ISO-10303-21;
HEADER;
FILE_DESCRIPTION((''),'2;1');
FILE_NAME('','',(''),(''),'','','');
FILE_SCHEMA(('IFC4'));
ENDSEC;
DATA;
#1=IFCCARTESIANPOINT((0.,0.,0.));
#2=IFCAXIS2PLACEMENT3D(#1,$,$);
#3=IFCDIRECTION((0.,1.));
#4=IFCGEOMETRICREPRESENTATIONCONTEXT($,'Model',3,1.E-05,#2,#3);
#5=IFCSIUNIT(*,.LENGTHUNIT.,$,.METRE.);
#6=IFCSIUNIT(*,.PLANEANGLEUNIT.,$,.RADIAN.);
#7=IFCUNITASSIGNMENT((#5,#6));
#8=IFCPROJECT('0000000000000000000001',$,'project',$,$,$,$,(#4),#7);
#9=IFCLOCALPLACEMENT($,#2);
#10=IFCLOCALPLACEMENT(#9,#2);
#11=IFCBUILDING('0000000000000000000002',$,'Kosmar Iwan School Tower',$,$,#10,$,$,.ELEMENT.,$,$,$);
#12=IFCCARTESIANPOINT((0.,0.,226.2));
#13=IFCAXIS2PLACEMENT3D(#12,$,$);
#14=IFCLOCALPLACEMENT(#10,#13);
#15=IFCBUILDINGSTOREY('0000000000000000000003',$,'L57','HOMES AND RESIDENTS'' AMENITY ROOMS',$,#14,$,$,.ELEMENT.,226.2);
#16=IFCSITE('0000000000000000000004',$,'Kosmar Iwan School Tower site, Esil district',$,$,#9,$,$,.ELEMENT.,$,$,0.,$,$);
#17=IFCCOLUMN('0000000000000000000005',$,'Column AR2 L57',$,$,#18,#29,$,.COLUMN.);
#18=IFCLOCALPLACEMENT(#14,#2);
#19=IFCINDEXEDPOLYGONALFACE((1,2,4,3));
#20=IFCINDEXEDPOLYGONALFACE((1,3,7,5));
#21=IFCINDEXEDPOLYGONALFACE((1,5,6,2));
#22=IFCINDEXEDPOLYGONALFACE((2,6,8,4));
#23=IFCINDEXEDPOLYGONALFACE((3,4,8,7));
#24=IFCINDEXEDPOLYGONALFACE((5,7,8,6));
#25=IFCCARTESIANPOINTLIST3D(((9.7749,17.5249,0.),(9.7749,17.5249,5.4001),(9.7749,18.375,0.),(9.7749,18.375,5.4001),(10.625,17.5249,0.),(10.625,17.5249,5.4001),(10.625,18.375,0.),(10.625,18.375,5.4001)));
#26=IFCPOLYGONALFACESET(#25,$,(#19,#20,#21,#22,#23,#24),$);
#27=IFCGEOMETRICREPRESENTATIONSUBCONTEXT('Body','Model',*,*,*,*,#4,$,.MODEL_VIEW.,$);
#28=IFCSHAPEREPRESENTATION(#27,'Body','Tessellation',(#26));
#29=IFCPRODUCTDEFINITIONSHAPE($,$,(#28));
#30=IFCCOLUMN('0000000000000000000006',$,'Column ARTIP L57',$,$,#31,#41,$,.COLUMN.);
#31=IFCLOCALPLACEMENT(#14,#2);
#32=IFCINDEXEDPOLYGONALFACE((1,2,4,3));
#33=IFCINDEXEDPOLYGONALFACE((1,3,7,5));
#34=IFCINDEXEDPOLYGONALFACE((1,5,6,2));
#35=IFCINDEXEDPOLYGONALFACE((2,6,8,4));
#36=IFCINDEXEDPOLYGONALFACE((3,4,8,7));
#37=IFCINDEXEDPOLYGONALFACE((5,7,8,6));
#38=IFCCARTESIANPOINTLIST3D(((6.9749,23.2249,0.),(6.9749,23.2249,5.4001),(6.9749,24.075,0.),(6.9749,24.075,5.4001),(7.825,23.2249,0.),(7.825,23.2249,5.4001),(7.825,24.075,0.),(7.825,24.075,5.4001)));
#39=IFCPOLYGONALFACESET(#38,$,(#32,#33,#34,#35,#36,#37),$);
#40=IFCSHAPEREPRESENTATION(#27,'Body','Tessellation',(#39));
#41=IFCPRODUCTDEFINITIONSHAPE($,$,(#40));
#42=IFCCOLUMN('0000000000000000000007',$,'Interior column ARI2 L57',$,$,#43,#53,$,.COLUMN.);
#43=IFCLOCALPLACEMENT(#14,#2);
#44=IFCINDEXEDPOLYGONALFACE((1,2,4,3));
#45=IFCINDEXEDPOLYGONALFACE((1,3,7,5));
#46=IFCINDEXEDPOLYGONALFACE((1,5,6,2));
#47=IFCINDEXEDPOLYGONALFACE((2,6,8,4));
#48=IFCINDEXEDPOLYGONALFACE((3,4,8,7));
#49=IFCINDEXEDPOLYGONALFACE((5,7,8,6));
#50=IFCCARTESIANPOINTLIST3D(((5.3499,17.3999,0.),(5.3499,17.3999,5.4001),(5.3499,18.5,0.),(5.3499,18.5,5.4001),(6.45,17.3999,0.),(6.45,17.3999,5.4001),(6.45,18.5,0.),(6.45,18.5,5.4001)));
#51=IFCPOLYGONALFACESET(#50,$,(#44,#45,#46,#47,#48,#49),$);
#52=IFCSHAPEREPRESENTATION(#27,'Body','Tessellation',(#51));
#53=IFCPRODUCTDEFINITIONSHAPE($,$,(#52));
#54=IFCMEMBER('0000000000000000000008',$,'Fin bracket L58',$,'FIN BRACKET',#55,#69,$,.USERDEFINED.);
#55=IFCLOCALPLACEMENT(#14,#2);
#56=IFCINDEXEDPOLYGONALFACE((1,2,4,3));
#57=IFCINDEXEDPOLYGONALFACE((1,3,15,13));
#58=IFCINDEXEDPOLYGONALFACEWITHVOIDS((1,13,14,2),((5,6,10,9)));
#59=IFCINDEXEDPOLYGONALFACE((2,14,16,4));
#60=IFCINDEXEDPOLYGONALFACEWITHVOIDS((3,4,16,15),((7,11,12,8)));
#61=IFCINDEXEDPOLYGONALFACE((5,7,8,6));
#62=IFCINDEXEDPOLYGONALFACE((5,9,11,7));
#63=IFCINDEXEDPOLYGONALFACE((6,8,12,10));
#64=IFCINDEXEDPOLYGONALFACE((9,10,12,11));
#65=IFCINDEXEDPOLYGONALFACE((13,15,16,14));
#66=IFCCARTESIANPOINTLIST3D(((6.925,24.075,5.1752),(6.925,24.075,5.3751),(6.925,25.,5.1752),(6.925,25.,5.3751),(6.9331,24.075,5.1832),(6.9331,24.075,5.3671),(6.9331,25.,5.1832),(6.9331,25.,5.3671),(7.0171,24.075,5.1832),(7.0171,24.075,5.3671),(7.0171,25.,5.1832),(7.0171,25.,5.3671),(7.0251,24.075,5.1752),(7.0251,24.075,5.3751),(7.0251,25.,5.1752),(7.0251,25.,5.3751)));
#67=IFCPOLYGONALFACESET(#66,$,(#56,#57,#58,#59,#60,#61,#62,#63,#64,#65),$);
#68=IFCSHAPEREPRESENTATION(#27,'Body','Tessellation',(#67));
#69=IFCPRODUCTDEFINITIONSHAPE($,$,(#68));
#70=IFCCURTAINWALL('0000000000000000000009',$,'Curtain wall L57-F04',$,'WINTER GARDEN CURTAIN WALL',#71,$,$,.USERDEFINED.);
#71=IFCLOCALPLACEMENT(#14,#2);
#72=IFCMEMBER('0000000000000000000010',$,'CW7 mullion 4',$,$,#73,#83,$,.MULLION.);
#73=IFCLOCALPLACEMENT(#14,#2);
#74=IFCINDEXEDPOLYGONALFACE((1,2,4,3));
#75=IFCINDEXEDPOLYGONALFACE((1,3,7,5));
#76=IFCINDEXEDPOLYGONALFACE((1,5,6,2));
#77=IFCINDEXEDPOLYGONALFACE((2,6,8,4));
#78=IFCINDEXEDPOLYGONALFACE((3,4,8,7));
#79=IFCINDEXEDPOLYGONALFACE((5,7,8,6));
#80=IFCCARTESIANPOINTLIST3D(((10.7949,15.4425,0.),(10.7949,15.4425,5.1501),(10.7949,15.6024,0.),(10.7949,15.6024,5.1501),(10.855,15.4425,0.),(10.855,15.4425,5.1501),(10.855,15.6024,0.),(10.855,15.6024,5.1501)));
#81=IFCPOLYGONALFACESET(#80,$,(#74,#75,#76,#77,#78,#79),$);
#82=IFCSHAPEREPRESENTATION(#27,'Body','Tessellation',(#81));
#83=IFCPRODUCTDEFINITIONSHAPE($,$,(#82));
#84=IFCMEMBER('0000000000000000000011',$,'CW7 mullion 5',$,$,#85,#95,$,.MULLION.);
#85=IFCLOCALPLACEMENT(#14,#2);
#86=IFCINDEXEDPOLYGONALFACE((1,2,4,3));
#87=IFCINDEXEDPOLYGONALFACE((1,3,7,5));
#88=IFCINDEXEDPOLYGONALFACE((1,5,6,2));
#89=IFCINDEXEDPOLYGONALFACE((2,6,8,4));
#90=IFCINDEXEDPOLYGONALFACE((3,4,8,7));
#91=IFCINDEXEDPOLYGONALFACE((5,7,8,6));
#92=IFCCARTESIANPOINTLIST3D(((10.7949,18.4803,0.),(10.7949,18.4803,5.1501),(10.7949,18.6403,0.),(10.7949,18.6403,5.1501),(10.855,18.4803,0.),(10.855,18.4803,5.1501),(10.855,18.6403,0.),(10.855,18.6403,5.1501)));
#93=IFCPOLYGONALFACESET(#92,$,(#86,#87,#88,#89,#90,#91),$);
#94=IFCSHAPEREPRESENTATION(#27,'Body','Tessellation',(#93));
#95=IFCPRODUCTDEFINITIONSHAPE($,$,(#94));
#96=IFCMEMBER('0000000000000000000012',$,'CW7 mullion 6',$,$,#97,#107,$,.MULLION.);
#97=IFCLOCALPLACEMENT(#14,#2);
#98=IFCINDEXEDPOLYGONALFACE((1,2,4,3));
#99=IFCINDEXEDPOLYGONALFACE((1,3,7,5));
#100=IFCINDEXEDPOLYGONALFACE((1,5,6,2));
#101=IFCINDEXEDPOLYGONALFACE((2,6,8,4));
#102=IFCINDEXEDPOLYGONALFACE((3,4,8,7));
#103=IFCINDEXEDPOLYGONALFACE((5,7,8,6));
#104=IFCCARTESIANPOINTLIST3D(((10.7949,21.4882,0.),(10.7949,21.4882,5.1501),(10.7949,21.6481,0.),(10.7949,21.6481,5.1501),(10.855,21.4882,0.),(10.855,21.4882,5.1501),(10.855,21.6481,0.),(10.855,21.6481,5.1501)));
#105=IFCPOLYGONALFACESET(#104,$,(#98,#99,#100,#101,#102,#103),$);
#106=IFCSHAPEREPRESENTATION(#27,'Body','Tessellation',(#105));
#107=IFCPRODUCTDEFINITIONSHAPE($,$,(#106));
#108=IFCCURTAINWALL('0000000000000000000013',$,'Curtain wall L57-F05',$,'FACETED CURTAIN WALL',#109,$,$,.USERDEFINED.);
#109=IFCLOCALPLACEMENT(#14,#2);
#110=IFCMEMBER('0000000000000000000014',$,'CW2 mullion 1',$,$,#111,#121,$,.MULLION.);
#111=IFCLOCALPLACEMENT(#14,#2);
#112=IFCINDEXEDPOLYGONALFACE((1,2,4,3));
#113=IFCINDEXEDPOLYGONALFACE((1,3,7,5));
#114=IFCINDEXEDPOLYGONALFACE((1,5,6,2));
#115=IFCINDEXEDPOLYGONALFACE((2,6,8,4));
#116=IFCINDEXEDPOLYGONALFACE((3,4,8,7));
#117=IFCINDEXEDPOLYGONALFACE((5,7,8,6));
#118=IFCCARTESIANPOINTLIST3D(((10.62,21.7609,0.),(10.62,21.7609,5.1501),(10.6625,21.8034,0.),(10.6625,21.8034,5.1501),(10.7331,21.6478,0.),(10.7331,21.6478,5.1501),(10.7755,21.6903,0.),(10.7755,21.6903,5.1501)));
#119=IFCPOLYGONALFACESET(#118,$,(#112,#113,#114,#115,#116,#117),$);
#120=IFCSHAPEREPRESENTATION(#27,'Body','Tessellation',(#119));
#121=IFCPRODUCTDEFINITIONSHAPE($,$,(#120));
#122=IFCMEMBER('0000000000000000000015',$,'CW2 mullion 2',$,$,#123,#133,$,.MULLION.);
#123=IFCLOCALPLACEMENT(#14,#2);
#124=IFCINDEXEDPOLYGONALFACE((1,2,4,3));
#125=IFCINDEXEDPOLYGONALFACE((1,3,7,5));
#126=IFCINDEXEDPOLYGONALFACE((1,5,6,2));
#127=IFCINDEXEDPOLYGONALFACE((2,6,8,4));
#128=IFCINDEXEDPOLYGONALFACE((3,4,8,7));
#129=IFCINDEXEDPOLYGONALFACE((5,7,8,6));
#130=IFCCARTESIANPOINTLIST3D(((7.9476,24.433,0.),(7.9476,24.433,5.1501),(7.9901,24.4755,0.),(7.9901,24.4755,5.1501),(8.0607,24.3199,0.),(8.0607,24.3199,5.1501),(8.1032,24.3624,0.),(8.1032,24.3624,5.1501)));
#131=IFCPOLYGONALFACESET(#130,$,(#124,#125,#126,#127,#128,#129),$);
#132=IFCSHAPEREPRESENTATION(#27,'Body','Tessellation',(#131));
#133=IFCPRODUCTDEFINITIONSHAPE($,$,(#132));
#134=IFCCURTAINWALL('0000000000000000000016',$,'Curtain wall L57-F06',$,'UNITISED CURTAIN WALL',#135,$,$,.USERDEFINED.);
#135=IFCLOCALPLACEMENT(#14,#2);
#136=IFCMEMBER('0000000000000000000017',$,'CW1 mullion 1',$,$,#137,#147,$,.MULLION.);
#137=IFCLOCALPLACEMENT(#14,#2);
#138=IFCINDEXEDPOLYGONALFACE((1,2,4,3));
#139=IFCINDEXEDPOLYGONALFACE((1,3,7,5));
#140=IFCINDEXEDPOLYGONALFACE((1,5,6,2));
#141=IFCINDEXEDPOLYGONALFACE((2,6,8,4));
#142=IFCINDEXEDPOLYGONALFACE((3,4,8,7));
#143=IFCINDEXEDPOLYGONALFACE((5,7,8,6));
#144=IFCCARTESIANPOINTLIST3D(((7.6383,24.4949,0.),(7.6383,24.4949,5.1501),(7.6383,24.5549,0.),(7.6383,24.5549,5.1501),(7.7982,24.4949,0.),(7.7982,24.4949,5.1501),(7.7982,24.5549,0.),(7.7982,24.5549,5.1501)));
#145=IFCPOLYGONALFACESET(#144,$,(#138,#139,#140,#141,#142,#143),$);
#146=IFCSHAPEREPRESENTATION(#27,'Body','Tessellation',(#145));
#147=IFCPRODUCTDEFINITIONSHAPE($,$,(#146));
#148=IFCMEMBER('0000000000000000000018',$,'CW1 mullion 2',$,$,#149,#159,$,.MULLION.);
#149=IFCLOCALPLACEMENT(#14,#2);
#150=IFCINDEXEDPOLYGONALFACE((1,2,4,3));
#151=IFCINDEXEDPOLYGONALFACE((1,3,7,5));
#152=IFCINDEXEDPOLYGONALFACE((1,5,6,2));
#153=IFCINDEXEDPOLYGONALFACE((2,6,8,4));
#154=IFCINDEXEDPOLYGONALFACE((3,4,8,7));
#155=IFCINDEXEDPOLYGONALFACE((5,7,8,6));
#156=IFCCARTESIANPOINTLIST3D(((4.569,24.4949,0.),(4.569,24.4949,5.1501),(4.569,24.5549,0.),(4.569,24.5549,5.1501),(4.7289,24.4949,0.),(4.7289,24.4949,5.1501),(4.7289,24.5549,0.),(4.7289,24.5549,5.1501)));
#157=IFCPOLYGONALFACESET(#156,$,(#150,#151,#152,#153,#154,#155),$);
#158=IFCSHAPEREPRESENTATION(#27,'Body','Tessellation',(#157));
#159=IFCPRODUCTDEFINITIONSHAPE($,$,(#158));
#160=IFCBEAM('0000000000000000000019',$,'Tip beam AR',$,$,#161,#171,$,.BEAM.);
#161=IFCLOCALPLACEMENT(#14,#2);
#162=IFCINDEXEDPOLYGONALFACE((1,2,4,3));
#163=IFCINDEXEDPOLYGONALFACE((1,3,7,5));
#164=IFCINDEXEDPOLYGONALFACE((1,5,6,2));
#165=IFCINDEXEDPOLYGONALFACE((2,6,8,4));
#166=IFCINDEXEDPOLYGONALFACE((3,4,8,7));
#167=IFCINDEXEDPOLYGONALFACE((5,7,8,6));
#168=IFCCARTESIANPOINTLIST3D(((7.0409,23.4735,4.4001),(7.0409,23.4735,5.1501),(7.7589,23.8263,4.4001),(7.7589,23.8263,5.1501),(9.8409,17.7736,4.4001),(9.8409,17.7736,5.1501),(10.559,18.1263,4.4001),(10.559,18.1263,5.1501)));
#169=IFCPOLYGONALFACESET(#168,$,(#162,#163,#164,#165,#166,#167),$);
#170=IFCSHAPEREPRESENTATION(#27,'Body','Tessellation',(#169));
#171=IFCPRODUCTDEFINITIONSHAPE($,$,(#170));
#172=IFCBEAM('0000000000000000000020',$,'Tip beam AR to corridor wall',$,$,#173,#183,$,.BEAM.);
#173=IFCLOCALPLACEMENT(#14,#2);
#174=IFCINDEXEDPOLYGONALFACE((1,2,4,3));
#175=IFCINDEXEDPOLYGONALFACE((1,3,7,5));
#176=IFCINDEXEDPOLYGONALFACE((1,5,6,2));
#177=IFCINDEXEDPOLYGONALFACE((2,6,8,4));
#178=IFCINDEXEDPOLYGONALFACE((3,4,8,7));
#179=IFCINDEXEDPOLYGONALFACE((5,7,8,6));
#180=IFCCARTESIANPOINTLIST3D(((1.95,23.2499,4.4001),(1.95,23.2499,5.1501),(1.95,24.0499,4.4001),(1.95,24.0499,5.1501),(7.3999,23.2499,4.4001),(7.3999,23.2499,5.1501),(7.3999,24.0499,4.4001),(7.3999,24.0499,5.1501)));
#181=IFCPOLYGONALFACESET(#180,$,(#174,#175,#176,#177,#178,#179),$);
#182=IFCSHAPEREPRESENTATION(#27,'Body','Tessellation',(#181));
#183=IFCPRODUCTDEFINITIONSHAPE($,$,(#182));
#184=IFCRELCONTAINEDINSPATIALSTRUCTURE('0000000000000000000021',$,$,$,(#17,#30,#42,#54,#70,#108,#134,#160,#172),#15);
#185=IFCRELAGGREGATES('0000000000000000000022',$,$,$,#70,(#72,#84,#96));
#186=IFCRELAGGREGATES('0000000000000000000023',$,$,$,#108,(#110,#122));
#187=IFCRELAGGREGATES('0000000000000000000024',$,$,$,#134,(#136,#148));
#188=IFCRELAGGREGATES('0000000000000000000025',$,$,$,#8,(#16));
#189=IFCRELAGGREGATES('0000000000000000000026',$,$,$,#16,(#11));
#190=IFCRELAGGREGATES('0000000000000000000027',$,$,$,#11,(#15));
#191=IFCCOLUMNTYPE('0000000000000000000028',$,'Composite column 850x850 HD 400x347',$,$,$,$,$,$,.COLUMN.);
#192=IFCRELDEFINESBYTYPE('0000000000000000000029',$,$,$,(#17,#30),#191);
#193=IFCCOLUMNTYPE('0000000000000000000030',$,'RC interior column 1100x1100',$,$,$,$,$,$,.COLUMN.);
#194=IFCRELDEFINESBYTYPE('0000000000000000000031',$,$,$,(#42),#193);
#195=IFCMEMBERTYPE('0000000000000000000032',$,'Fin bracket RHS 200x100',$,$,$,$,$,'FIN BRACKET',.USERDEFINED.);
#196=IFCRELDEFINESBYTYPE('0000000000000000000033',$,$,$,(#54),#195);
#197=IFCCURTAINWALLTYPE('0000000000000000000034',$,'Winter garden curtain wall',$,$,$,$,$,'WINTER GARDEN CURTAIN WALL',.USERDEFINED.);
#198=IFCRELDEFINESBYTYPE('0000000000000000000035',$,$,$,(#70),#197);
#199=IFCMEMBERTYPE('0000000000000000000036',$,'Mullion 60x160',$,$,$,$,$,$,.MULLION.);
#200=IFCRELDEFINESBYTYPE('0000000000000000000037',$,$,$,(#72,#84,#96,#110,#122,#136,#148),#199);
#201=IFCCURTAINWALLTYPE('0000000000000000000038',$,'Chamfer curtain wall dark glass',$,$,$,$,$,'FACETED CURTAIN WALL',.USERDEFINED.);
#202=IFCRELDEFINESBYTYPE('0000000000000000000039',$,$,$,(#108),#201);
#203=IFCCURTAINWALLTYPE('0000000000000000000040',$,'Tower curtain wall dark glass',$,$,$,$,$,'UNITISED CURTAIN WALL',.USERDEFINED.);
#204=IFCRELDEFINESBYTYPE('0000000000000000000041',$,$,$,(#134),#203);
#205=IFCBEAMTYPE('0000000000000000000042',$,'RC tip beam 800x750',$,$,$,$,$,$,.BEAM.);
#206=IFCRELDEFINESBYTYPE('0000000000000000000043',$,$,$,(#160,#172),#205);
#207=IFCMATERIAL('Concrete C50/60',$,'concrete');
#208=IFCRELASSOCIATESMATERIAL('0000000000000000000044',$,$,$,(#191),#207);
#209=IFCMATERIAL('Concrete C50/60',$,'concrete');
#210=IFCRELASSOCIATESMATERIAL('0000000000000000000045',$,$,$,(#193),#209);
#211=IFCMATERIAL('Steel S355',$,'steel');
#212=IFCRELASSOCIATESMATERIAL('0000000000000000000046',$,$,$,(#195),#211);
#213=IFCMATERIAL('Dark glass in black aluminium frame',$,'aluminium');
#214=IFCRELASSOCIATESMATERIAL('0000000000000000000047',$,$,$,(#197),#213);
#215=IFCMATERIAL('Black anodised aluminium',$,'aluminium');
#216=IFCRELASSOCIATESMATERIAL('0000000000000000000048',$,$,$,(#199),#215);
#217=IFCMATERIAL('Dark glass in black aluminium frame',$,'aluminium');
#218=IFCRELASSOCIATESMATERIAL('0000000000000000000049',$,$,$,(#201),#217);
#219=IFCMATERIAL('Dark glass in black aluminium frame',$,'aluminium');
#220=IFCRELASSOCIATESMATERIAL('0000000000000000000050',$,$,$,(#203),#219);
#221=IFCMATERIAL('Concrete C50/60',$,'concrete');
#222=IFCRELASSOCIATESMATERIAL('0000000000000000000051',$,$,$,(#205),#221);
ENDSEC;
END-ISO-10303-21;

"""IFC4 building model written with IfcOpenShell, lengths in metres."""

from ifc_helpers import new_model, si_unit, direction, frame, origin, origin_2d, place, context, subcontext, project, spatial, rectangle, hollow_rectangle, extrude, material, material_profile, profile_set, type_object, element, aggregate, save


model = new_model("IFC4")

# Units and contexts
model_context = context("Model", 3, precision=1e-05, world=origin(), true_north=direction((0.0, 1.0)))
body_context = subcontext(model_context, "Body", "Model", "MODEL_VIEW")
ifc_project = project(units=[si_unit("LENGTHUNIT", "METRE"), si_unit("PLANEANGLEUNIT", "RADIAN")], contexts=[model_context])

# Site, building, storey
site_placement = place(None, origin())
site = spatial("IfcSite", under=ifc_project, at=site_placement, Name="Kosmar Iwan School Tower site, Esil district", CompositionType="ELEMENT", RefElevation=0.0)
building_placement = place(site_placement, origin())
building = spatial("IfcBuilding", under=site, at=building_placement, Name="Kosmar Iwan School Tower", CompositionType="ELEMENT")
storey_placement = place(building_placement, frame((0.0, 0.0, 226.2)))
storey = spatial("IfcBuildingStorey", under=building, at=storey_placement, Name="L57", Description="HOMES AND RESIDENTS' AMENITY ROOMS", CompositionType="ELEMENT", Elevation=226.2)

# Columns
ifc_material_1 = material(Name="Concrete C50/60", Category="concrete")
ifc_material_profile_1 = material_profile(ifc_material_1, rectangle(XDim=0.8501, YDim=0.8501, at=origin_2d()), Name="RC 850x850 + HD 400x347")
ifc_profile_set_1 = profile_set([ifc_material_profile_1], Name="Concrete C50/60")
column_type_1 = type_object("IfcColumnType", Name="Composite column 850x850 HD 400x347", PredefinedType="COLUMN", material=ifc_profile_set_1)
for number, where, z_axis, x_axis, name in (
    (1, (10.2, 17.95, 0.0), (0.0, 0.0, 1.0), (0.0, 1.0, 0.0), "Column AR2 L57"),
    (2, (7.3999, 23.6499, 0.0), (0.0, 0.0, 1.0), (0.0, 1.0, 0.0), "Column ARTIP L57"),
):
    element("IfcColumn", number, at=place(storey_placement, frame(where, z_axis=z_axis, x_axis=x_axis)), inside=storey, type_object=column_type_1, Name=name, PredefinedType="COLUMN", context=body_context, shape_type="SweptSolid", body=[
        extrude(rectangle(XDim=0.8501, YDim=0.8501, at=origin_2d()), origin(), (0.0, 0.0, 1.0), 5.4001),
    ])
ifc_material_2 = material(Name="Concrete C50/60", Category="concrete")
ifc_material_profile_2 = material_profile(ifc_material_2, rectangle(XDim=1.1001, YDim=1.1001, at=origin_2d()), Name="RC 1100x1100")
ifc_profile_set_2 = profile_set([ifc_material_profile_2], Name="Concrete C50/60")
column_type_2 = type_object("IfcColumnType", Name="RC interior column 1100x1100", PredefinedType="COLUMN", material=ifc_profile_set_2)
column_placement = place(storey_placement, frame((5.8999, 17.95, 0.0), z_axis=(0.0, 0.0, 1.0), x_axis=(0.0, 1.0, 0.0)))
element("IfcColumn", 3, at=column_placement, inside=storey, type_object=column_type_2, Name="Interior column ARI2 L57", PredefinedType="COLUMN", context=body_context, shape_type="SweptSolid", body=[
    extrude(rectangle(XDim=1.1001, YDim=1.1001, at=origin_2d()), origin(), (0.0, 0.0, 1.0), 5.4001),
])

# Member
ifc_material_3 = material(Name="Steel S355", Category="steel")
ifc_material_profile_3 = material_profile(ifc_material_3, hollow_rectangle(XDim=0.1001, YDim=0.2, WallThickness=0.0081, at=origin_2d()), Name="RHS 200x100x8")
ifc_profile_set_3 = profile_set([ifc_material_profile_3], Name="Steel S355")
member_type_1 = type_object("IfcMemberType", Name="Fin bracket RHS 200x100", ElementType="FIN BRACKET", PredefinedType="USERDEFINED", material=ifc_profile_set_3)
member_1_placement = place(storey_placement, frame((6.9751, 24.075, 5.2751), z_axis=(0.0, 1.0, 0.0), x_axis=(-1.0, 0.0, 0.0)))
element("IfcMember", 4, at=member_1_placement, inside=storey, type_object=member_type_1, Name="Fin bracket L58", ObjectType="FIN BRACKET", PredefinedType="USERDEFINED", context=body_context, shape_type="SweptSolid", body=[
    extrude(hollow_rectangle(XDim=0.1001, YDim=0.2, WallThickness=0.0081, at=origin_2d()), origin(), (0.0, 0.0, 1.0), 0.925),
])

# Curtain walls, members
ifc_material_4 = material(Name="Dark glass in black aluminium frame", Category="aluminium")
curtain_wall_type_1 = type_object("IfcCurtainWallType", Name="Winter garden curtain wall", ElementType="WINTER GARDEN CURTAIN WALL", PredefinedType="USERDEFINED", material=ifc_material_4)
curtain_wall_1_placement = place(storey_placement, origin())
curtain_wall_1 = element("IfcCurtainWall", 5, at=curtain_wall_1_placement, inside=storey, type_object=curtain_wall_type_1, Name="Curtain wall L57-F04", ObjectType="WINTER GARDEN CURTAIN WALL", PredefinedType="USERDEFINED")
ifc_material_5 = material(Name="Black anodised aluminium", Category="aluminium")
ifc_material_profile_4 = material_profile(ifc_material_5, rectangle(XDim=0.0601, YDim=0.1599, at=origin_2d()), Name="MULLION 60x160")
ifc_profile_set_4 = profile_set([ifc_material_profile_4], Name="Black anodised aluminium")
member_type_2 = type_object("IfcMemberType", Name="Mullion 60x160", PredefinedType="MULLION", material=ifc_profile_set_4)
member_2_placement = place(storey_placement, frame((10.825, 15.5225, 0.0), z_axis=(0.0, 0.0, 1.0), x_axis=(-1.0, 0.0, 0.0)))
member_2 = element("IfcMember", 6, at=member_2_placement, type_object=member_type_2, Name="CW7 mullion 4", PredefinedType="MULLION", context=body_context, shape_type="SweptSolid", body=[
    extrude(rectangle(XDim=0.0601, YDim=0.1599, at=origin_2d()), origin(), (0.0, 0.0, 1.0), 5.1501),
])
member_3_placement = place(storey_placement, frame((10.825, 18.5603, 0.0), z_axis=(0.0, 0.0, 1.0), x_axis=(-1.0, 0.0, 0.0)))
member_3 = element("IfcMember", 7, at=member_3_placement, type_object=member_type_2, Name="CW7 mullion 5", PredefinedType="MULLION", context=body_context, shape_type="SweptSolid", body=[
    extrude(rectangle(XDim=0.0601, YDim=0.1599, at=origin_2d()), origin(), (0.0, 0.0, 1.0), 5.1501),
])
member_4_placement = place(storey_placement, frame((10.825, 21.5681, 0.0), z_axis=(0.0, 0.0, 1.0), x_axis=(-1.0, 0.0, 0.0)))
member_4 = element("IfcMember", 8, at=member_4_placement, type_object=member_type_2, Name="CW7 mullion 6", PredefinedType="MULLION", context=body_context, shape_type="SweptSolid", body=[
    extrude(rectangle(XDim=0.0601, YDim=0.1599, at=origin_2d()), origin(), (0.0, 0.0, 1.0), 5.1501),
])
ifc_material_6 = material(Name="Dark glass in black aluminium frame", Category="aluminium")
curtain_wall_type_2 = type_object("IfcCurtainWallType", Name="Chamfer curtain wall dark glass", ElementType="FACETED CURTAIN WALL", PredefinedType="USERDEFINED", material=ifc_material_6)
curtain_wall_2_placement = place(storey_placement, origin())
curtain_wall_2 = element("IfcCurtainWall", 9, at=curtain_wall_2_placement, inside=storey, type_object=curtain_wall_type_2, Name="Curtain wall L57-F05", ObjectType="FACETED CURTAIN WALL", PredefinedType="USERDEFINED")
member_5_placement = place(storey_placement, frame((10.6978, 21.7256, 0.0), z_axis=(0.0, 0.0, 1.0), x_axis=(-0.707107, -0.707107, 0.0)))
member_5 = element("IfcMember", 10, at=member_5_placement, type_object=member_type_2, Name="CW2 mullion 1", PredefinedType="MULLION", context=body_context, shape_type="SweptSolid", body=[
    extrude(rectangle(XDim=0.0601, YDim=0.1599, at=origin_2d()), origin(), (0.0, 0.0, 1.0), 5.1501),
])
member_6_placement = place(storey_placement, frame((8.0254, 24.3977, 0.0), z_axis=(0.0, 0.0, 1.0), x_axis=(-0.707107, -0.707107, 0.0)))
member_6 = element("IfcMember", 11, at=member_6_placement, type_object=member_type_2, Name="CW2 mullion 2", PredefinedType="MULLION", context=body_context, shape_type="SweptSolid", body=[
    extrude(rectangle(XDim=0.0601, YDim=0.1599, at=origin_2d()), origin(), (0.0, 0.0, 1.0), 5.1501),
])
ifc_material_7 = material(Name="Dark glass in black aluminium frame", Category="aluminium")
curtain_wall_type_3 = type_object("IfcCurtainWallType", Name="Tower curtain wall dark glass", ElementType="UNITISED CURTAIN WALL", PredefinedType="USERDEFINED", material=ifc_material_7)
curtain_wall_3_placement = place(storey_placement, origin())
curtain_wall_3 = element("IfcCurtainWall", 12, at=curtain_wall_3_placement, inside=storey, type_object=curtain_wall_type_3, Name="Curtain wall L57-F06", ObjectType="UNITISED CURTAIN WALL", PredefinedType="USERDEFINED")
member_7_placement = place(storey_placement, frame((7.7183, 24.5249, 0.0), z_axis=(0.0, 0.0, 1.0), x_axis=(0.0, -1.0, 0.0)))
member_7 = element("IfcMember", 13, at=member_7_placement, type_object=member_type_2, Name="CW1 mullion 1", PredefinedType="MULLION", context=body_context, shape_type="SweptSolid", body=[
    extrude(rectangle(XDim=0.0601, YDim=0.1599, at=origin_2d()), origin(), (0.0, 0.0, 1.0), 5.1501),
])
member_8_placement = place(storey_placement, frame((4.6489, 24.5249, 0.0), z_axis=(0.0, 0.0, 1.0), x_axis=(0.0, -1.0, 0.0)))
member_8 = element("IfcMember", 14, at=member_8_placement, type_object=member_type_2, Name="CW1 mullion 2", PredefinedType="MULLION", context=body_context, shape_type="SweptSolid", body=[
    extrude(rectangle(XDim=0.0601, YDim=0.1599, at=origin_2d()), origin(), (0.0, 0.0, 1.0), 5.1501),
])

# Beams
ifc_material_8 = material(Name="Concrete C50/60", Category="concrete")
ifc_material_profile_5 = material_profile(ifc_material_8, rectangle(XDim=0.8, YDim=0.75, at=origin_2d()), Name="RC 800x750")
ifc_profile_set_5 = profile_set([ifc_material_profile_5], Name="Concrete C50/60")
beam_type_1 = type_object("IfcBeamType", Name="RC tip beam 800x750", PredefinedType="BEAM", material=ifc_profile_set_5)
beam_1_placement = place(storey_placement, frame((10.2, 17.95, 4.7751), z_axis=(-0.440913, 0.89755, 0.0), x_axis=(-0.89755, -0.440913, 0.0)))
element("IfcBeam", 15, at=beam_1_placement, inside=storey, type_object=beam_type_1, Name="Tip beam AR", PredefinedType="BEAM", context=body_context, shape_type="SweptSolid", body=[
    extrude(rectangle(XDim=0.8, YDim=0.75, at=origin_2d()), origin(), (0.0, 0.0, 1.0), 6.3506),
])
beam_2_placement = place(storey_placement, frame((7.3999, 23.6499, 4.7751), z_axis=(-1.0, 0.0, 0.0), x_axis=(0.0, -1.0, 0.0)))
element("IfcBeam", 16, at=beam_2_placement, inside=storey, type_object=beam_type_1, Name="Tip beam AR to corridor wall", PredefinedType="BEAM", context=body_context, shape_type="SweptSolid", body=[
    extrude(rectangle(XDim=0.8, YDim=0.75, at=origin_2d()), origin(), (0.0, 0.0, 1.0), 5.45),
])

aggregate(curtain_wall_1, [member_2, member_3, member_4])
aggregate(curtain_wall_2, [member_5, member_6])
aggregate(curtain_wall_3, [member_7, member_8])

save(model, "model.ifc")
